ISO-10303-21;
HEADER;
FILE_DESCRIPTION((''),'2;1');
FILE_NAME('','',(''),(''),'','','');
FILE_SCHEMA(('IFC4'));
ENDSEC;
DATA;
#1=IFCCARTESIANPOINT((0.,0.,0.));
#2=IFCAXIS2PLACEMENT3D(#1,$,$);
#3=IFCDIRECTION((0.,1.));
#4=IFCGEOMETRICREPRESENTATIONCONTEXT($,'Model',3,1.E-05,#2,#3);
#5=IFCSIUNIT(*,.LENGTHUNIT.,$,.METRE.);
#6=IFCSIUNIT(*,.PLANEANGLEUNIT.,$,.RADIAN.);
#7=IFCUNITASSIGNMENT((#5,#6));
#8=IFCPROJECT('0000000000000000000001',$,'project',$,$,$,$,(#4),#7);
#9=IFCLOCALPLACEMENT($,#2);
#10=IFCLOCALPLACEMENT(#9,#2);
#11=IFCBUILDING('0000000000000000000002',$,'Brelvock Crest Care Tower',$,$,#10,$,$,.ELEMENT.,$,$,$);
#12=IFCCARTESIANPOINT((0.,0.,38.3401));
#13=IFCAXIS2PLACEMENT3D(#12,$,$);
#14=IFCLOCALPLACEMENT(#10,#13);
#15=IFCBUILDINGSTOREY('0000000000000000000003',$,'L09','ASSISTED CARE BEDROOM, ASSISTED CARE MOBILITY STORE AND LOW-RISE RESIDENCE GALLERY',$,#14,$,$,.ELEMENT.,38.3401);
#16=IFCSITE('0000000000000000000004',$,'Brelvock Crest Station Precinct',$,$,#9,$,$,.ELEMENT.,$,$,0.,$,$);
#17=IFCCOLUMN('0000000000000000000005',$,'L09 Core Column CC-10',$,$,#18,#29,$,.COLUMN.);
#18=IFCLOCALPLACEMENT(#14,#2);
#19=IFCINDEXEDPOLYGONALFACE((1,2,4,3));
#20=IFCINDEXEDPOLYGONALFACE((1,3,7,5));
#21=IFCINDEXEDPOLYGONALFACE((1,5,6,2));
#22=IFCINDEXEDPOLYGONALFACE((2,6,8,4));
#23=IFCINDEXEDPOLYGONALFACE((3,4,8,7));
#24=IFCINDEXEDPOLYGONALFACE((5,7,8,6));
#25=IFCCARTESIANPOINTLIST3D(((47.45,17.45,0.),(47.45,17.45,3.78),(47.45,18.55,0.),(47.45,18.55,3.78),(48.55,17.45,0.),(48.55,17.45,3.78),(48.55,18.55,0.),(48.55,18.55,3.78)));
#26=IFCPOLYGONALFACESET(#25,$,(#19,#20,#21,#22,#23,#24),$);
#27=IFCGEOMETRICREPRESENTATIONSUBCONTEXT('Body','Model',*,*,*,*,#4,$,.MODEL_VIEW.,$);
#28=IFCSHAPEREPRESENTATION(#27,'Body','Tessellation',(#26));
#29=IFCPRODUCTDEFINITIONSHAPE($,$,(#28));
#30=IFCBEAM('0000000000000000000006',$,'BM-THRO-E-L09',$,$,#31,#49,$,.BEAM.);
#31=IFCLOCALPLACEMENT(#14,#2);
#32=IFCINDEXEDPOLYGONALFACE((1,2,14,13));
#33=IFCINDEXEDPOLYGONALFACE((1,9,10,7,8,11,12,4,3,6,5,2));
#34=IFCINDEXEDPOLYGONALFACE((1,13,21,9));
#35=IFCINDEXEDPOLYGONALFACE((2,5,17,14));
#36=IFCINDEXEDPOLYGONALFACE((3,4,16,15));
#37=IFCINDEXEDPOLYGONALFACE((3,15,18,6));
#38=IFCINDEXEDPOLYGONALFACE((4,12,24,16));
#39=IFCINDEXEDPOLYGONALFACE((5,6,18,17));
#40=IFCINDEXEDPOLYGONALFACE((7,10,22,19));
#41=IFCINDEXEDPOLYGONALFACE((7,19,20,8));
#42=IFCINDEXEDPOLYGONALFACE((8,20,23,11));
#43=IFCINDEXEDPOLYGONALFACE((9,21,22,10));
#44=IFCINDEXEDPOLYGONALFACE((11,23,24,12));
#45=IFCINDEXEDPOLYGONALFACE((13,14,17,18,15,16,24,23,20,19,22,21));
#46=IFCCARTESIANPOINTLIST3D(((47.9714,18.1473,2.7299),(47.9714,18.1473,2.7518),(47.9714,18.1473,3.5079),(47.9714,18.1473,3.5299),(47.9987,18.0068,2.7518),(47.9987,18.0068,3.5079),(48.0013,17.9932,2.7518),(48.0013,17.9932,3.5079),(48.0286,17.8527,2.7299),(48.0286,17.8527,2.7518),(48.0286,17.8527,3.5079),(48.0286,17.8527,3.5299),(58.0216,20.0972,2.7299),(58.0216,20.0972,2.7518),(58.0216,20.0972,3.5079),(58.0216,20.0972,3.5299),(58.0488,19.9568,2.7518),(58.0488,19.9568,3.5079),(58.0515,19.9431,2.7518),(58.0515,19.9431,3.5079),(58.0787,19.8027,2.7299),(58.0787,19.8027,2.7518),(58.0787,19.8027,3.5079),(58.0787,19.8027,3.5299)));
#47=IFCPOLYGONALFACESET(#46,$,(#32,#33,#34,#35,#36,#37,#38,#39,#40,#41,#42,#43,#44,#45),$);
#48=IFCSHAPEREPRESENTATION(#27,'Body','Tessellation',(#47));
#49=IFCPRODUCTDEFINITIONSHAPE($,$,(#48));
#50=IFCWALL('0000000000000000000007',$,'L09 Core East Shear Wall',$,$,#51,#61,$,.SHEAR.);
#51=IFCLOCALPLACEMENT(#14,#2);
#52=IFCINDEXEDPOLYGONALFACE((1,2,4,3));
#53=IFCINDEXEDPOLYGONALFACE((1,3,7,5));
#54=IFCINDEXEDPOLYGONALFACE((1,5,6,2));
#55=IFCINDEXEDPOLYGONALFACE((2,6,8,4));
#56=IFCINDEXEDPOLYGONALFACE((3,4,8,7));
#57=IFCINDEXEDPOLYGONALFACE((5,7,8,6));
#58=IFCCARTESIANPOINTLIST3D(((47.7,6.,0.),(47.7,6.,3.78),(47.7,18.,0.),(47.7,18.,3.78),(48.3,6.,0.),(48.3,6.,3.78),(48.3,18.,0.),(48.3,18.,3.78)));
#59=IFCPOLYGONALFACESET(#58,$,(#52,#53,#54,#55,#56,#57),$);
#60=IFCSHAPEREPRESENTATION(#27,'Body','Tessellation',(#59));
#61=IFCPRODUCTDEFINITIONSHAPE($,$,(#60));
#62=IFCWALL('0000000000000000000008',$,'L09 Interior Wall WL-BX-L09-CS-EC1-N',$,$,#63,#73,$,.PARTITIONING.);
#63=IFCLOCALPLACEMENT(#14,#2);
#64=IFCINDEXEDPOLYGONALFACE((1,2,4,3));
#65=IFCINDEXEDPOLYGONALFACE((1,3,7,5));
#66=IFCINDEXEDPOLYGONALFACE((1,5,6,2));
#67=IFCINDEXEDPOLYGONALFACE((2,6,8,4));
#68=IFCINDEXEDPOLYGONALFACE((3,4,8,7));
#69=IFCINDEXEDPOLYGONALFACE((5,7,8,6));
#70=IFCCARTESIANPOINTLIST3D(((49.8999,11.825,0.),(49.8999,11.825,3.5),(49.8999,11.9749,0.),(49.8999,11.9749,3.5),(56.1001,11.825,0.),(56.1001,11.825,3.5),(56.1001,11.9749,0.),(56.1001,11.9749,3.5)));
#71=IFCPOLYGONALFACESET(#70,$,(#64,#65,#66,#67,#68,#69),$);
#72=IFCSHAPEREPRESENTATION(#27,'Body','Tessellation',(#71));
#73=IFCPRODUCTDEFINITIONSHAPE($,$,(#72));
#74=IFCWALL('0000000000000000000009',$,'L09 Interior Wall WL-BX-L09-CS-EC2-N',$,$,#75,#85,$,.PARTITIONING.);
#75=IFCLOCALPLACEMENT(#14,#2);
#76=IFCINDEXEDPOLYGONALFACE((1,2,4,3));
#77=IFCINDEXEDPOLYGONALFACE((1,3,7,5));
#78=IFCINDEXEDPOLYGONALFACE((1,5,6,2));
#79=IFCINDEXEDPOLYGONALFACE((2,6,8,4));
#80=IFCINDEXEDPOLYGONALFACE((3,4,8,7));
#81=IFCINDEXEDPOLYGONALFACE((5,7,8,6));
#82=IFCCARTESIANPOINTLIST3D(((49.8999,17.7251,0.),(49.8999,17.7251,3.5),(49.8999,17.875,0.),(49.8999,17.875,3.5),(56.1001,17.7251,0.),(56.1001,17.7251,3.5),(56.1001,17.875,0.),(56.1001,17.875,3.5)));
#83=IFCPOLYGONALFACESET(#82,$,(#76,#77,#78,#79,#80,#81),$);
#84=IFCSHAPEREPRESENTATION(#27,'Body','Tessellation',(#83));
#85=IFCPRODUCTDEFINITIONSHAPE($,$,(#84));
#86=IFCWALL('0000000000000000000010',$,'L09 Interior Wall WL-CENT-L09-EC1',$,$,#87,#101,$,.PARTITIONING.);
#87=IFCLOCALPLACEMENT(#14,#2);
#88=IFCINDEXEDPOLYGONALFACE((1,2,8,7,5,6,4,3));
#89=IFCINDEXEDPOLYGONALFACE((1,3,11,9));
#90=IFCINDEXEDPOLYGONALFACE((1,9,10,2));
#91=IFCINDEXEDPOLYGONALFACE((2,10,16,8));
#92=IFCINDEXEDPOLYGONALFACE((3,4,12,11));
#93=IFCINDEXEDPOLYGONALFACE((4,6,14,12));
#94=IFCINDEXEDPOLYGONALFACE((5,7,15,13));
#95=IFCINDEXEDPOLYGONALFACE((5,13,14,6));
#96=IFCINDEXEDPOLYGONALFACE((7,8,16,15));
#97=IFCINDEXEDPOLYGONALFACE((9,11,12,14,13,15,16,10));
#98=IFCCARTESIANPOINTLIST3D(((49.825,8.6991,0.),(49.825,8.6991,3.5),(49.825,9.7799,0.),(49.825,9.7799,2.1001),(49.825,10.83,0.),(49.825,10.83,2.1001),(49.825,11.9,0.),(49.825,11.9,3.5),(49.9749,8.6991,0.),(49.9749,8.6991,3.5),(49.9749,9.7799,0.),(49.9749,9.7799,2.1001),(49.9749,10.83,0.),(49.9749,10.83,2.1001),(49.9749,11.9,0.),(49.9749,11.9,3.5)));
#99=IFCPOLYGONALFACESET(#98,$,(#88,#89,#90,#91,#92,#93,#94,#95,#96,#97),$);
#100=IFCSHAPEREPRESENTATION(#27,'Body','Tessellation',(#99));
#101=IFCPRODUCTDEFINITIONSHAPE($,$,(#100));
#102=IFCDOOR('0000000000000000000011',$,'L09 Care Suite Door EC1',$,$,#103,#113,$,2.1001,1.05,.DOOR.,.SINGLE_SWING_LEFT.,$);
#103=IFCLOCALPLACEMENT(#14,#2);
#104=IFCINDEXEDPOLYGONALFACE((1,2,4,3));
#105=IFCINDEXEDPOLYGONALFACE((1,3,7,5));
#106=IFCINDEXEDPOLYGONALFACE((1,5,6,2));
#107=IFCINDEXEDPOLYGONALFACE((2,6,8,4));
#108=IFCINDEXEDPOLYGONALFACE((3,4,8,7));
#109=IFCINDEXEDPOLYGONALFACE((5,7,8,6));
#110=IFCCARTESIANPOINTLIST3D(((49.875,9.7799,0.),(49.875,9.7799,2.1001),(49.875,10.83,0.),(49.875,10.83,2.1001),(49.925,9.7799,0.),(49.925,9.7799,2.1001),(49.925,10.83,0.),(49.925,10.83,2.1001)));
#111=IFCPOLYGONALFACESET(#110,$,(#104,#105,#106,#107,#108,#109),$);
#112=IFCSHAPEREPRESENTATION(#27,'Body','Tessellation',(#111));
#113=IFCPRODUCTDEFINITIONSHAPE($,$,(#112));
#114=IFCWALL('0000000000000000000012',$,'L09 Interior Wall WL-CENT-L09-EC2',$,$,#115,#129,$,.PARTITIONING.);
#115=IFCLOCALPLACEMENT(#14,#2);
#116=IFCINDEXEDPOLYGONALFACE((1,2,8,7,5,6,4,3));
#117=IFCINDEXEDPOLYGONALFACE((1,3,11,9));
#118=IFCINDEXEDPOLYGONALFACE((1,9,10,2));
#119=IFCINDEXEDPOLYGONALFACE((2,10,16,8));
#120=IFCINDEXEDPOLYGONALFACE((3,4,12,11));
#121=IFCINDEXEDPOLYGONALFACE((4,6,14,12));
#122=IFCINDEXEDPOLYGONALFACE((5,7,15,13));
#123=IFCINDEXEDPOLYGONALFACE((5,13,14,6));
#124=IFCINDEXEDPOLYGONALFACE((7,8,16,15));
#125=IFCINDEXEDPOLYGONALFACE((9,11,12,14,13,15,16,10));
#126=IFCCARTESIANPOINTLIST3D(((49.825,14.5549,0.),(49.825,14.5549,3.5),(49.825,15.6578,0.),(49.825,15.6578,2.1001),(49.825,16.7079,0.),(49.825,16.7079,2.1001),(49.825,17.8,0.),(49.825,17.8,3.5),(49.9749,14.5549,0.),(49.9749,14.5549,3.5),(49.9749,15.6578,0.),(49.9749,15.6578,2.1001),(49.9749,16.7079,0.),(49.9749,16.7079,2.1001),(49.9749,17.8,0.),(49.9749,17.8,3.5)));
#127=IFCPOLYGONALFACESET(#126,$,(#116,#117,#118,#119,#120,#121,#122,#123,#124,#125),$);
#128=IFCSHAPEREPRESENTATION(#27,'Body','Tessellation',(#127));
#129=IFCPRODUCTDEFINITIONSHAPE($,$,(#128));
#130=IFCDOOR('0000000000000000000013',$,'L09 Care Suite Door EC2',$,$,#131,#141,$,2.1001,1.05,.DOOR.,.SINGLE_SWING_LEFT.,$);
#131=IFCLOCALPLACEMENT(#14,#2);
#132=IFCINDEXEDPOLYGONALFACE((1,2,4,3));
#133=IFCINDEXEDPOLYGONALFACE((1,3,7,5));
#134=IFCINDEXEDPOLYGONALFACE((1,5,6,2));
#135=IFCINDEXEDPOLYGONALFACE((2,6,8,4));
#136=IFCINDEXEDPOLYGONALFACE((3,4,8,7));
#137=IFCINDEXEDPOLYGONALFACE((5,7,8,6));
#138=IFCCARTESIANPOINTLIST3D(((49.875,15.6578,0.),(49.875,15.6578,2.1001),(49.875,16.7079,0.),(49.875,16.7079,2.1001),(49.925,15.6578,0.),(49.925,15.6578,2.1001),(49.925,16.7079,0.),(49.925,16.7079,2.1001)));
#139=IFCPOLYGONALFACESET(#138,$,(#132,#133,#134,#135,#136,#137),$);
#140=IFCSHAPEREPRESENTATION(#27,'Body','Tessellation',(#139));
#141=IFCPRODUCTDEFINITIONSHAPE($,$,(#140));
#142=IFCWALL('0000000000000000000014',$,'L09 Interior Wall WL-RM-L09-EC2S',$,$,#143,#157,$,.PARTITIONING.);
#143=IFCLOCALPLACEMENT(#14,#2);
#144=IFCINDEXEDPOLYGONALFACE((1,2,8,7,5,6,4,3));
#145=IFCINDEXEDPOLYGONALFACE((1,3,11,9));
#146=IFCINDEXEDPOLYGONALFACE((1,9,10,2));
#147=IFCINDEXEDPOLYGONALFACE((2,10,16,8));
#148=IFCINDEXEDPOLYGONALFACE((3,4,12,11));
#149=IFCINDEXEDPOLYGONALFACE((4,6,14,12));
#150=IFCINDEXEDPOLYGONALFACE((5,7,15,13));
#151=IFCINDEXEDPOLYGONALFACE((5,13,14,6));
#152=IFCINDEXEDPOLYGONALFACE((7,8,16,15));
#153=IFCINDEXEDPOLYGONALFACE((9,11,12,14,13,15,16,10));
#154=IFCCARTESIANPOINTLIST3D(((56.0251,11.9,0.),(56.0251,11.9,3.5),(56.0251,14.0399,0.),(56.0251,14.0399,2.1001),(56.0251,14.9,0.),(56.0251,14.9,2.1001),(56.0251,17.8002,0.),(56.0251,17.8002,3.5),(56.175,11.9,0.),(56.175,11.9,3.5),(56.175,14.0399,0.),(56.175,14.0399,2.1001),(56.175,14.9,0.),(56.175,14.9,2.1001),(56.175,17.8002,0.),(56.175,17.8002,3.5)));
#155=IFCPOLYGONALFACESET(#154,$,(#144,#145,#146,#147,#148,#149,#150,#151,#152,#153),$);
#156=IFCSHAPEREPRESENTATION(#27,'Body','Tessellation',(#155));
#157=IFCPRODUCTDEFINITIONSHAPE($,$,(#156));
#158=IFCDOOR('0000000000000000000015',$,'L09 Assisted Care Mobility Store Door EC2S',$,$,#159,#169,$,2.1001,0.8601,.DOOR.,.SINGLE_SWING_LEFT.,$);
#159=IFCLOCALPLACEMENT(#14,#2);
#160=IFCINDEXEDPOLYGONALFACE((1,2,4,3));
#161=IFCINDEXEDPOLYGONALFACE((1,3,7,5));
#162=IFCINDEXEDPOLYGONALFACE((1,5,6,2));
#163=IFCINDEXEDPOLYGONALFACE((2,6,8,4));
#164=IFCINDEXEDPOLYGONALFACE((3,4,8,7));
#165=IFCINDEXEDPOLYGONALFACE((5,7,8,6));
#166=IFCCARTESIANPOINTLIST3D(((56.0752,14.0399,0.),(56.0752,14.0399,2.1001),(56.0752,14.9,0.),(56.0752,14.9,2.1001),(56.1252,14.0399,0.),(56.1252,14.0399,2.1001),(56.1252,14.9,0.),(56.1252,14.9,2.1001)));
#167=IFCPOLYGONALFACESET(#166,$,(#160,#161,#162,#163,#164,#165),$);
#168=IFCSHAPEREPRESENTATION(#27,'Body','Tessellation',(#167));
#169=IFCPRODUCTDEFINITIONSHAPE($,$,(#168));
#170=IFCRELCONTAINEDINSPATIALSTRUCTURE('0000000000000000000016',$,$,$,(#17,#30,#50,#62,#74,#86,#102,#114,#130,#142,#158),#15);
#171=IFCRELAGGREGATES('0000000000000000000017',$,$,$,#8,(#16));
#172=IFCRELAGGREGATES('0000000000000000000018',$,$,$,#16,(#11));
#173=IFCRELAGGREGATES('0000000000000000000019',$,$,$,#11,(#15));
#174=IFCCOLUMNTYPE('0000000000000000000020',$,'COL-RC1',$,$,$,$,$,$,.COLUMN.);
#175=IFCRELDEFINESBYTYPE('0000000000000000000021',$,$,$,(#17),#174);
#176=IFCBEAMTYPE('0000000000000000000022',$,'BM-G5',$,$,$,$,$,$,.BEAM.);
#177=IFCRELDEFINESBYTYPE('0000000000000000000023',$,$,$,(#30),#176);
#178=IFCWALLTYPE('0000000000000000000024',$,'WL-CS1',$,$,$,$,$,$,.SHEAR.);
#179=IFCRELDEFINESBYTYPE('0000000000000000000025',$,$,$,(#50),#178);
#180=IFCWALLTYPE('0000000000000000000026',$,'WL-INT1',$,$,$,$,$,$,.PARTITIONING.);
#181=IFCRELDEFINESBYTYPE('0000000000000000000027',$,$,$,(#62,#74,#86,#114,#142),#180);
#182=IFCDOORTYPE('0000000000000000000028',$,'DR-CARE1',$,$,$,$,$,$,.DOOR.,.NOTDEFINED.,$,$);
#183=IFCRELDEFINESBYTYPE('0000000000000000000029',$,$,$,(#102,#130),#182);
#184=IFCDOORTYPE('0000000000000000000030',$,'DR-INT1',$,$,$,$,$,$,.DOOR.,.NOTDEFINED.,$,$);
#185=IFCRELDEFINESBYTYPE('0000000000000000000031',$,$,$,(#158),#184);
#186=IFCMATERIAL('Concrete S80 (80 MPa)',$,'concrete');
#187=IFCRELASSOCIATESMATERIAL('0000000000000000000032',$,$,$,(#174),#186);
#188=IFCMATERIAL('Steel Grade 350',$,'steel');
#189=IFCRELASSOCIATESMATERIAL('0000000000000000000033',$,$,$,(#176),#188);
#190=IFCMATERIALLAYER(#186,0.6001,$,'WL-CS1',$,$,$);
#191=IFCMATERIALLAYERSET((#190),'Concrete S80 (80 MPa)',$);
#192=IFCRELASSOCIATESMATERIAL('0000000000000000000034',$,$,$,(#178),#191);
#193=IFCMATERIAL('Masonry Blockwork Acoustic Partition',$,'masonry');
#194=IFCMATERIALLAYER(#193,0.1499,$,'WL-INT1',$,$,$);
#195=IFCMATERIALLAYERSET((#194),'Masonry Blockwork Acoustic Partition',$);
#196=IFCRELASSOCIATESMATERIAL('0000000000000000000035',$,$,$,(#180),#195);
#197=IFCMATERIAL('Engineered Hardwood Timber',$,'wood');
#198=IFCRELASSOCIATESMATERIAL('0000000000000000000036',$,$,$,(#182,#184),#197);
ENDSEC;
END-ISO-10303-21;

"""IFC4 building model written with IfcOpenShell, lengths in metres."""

from ifc_helpers import new_model, si_unit, direction, frame, frame_2d, origin, origin_2d, place, context, subcontext, project, spatial, rectangle, i_section, extrude, source, transform, mapped, material, layer, layer_set, material_profile, profile_set, type_object, element, fill, save


model = new_model("IFC4")

# Units and contexts
model_context = context("Model", 3, precision=1e-05, world=origin(), true_north=direction((0.0, 1.0)))
body_context = subcontext(model_context, "Body", "Model", "MODEL_VIEW")
ifc_project = project(units=[si_unit("LENGTHUNIT", "METRE"), si_unit("PLANEANGLEUNIT", "RADIAN")], contexts=[model_context])

# Site, building, storey
site_placement = place(None, origin())
site = spatial("IfcSite", under=ifc_project, at=site_placement, Name="Brelvock Crest Station Precinct", CompositionType="ELEMENT", RefElevation=0.0)
building_placement = place(site_placement, origin())
building = spatial("IfcBuilding", under=site, at=building_placement, Name="Brelvock Crest Care Tower", CompositionType="ELEMENT")
storey_placement = place(building_placement, frame((0.0, 0.0, 38.3401)))
storey = spatial("IfcBuildingStorey", under=building, at=storey_placement, Name="L09", Description="ASSISTED CARE BEDROOM, ASSISTED CARE MOBILITY STORE AND LOW-RISE RESIDENCE GALLERY", CompositionType="ELEMENT", Elevation=38.3401)

# Column
ifc_material_1 = material(Name="Concrete S80 (80 MPa)", Category="concrete")
ifc_material_profile_1 = material_profile(ifc_material_1, rectangle(XDim=1.1001, YDim=1.1001, at=origin_2d()), Name="RC1100x1100")
ifc_profile_set_1 = profile_set([ifc_material_profile_1], Name="Concrete S80 (80 MPa)")
column_type = type_object("IfcColumnType", Name="COL-RC1", PredefinedType="COLUMN", material=ifc_profile_set_1)
shared_shape_1 = source(origin(), body_context, "Body", "SweptSolid", [
    extrude(rectangle(XDim=1.1001, YDim=1.1001, at=origin_2d()), origin(), (0.0, 0.0, 1.0), 3.78),
])
column_placement = place(storey_placement, frame((48.0, 18.0, 0.0), z_axis=(0.0, 0.0, 1.0), x_axis=(1.0, 0.0, 0.0)))
element("IfcColumn", 1, at=column_placement, inside=storey, type_object=column_type, Name="L09 Core Column CC-10", PredefinedType="COLUMN", context=body_context, shape_type="MappedRepresentation", body=[
    mapped(shared_shape_1, transform((0.0, 0.0, 0.0), x_axis=(1.0, 0.0, 0.0), y_axis=(0.0, 1.0, 0.0), z_axis=(0.0, 0.0, 1.0), scale=1.0)),
])

# Beam
ifc_material_2 = material(Name="Steel Grade 350", Category="steel")
ifc_material_profile_2 = material_profile(ifc_material_2, i_section(OverallWidth=0.3, OverallDepth=0.8, WebThickness=0.0139, FlangeThickness=0.022, at=origin_2d()), Name="800WB192")
ifc_profile_set_2 = profile_set([ifc_material_profile_2], Name="Steel Grade 350")
beam_type = type_object("IfcBeamType", Name="BM-G5", PredefinedType="BEAM", material=ifc_profile_set_2)
shared_shape_2 = source(origin(), body_context, "Body", "SweptSolid", [
    extrude(i_section(OverallWidth=0.3, OverallDepth=0.8, WebThickness=0.0139, FlangeThickness=0.022, at=origin_2d()), origin(), (0.0, 0.0, 1.0), 10.2375),
])
beam_placement = place(storey_placement, frame((48.0, 18.0, 3.1299), z_axis=(0.981693, 0.190472, 0.0), x_axis=(-0.190472, 0.981693, 0.0)))
element("IfcBeam", 2, at=beam_placement, inside=storey, type_object=beam_type, Name="BM-THRO-E-L09", PredefinedType="BEAM", context=body_context, shape_type="MappedRepresentation", body=[
    mapped(shared_shape_2, transform((0.0, 0.0, 0.0), x_axis=(1.0, 0.0, 0.0), y_axis=(0.0, 1.0, 0.0), z_axis=(0.0, 0.0, 1.0), scale=1.0)),
])

# Walls
ifc_layer_1 = layer(ifc_material_1, 0.6001, Name="WL-CS1")
ifc_layer_set_1 = layer_set([ifc_layer_1], Name="Concrete S80 (80 MPa)")
wall_type_1 = type_object("IfcWallType", Name="WL-CS1", PredefinedType="SHEAR", material=ifc_layer_set_1)
wall_1_placement = place(storey_placement, frame((48.0, 18.0, 0.0), z_axis=(0.0, 0.0, 1.0), x_axis=(0.0, -1.0, 0.0)))
element("IfcWall", 3, at=wall_1_placement, inside=storey, type_object=wall_type_1, Name="L09 Core East Shear Wall", PredefinedType="SHEAR", context=body_context, shape_type="SweptSolid", body=[
    extrude(rectangle(XDim=12.0, YDim=0.6001, at=frame_2d((6.0, 0.0))), origin(), (0.0, 0.0, 1.0), 3.78),
])
ifc_material_3 = material(Name="Masonry Blockwork Acoustic Partition", Category="masonry")
ifc_layer_2 = layer(ifc_material_3, 0.1499, Name="WL-INT1")
ifc_layer_set_2 = layer_set([ifc_layer_2], Name="Masonry Blockwork Acoustic Partition")
wall_type_2 = type_object("IfcWallType", Name="WL-INT1", PredefinedType="PARTITIONING", material=ifc_layer_set_2)
for number, where, z_axis, x_axis, name in (
    (4, (49.8999, 11.8999, 0.0), (0.0, 0.0, 1.0), (1.0, 0.0, 0.0), "L09 Interior Wall WL-BX-L09-CS-EC1-N"),
    (5, (49.8999, 17.8, 0.0), (0.0, 0.0, 1.0), (1.0, 0.0, 0.0), "L09 Interior Wall WL-BX-L09-CS-EC2-N"),
):
    element("IfcWall", number, at=place(storey_placement, frame(where, z_axis=z_axis, x_axis=x_axis)), inside=storey, type_object=wall_type_2, Name=name, PredefinedType="PARTITIONING", context=body_context, shape_type="SweptSolid", body=[
        extrude(rectangle(XDim=6.2002, YDim=0.1499, at=frame_2d((3.1001, 0.0))), origin(), (0.0, 0.0, 1.0), 3.5),
    ])

# Walls, openings, doors
wall_2_placement = place(storey_placement, frame((49.8999, 8.699, 0.0), z_axis=(0.0, 0.0, 1.0), x_axis=(0.0, 1.0, 0.0)))
wall_2 = element("IfcWall", 6, at=wall_2_placement, inside=storey, type_object=wall_type_2, Name="L09 Interior Wall WL-CENT-L09-EC1", PredefinedType="PARTITIONING", context=body_context, shape_type="SweptSolid", body=[
    extrude(rectangle(XDim=3.2009, YDim=0.1499, at=frame_2d((1.6006, 0.0))), origin(), (0.0, 0.0, 1.0), 3.5),
])
opening_1_placement = place(wall_2_placement, frame((1.0811, 0.0, 0.0)))
opening_1 = element("IfcOpeningElement", 7, at=opening_1_placement, cuts=wall_2, PredefinedType="OPENING", context=body_context, shape_type="SweptSolid", body=[
    extrude(rectangle(XDim=1.05, YDim=2.1001, at=origin_2d()), frame((0.5249, 0.085, 1.05), z_axis=(0.0, -1.0, 0.0), x_axis=(1.0, 0.0, 0.0)), (0.0, 0.0, 1.0), 0.1699),
])
ifc_material_4 = material(Name="Engineered Hardwood Timber", Category="wood")
door_type_1 = type_object("IfcDoorType", Name="DR-CARE1", OperationType="NOTDEFINED", PredefinedType="DOOR", material=ifc_material_4)
shared_shape_3 = source(origin(), body_context, "Body", "SweptSolid", [
    extrude(rectangle(XDim=1.05, YDim=2.1001, at=origin_2d()), frame((0.5249, 0.0249, 1.05), z_axis=(0.0, -1.0, 0.0), x_axis=(1.0, 0.0, 0.0)), (0.0, 0.0, 1.0), 0.05),
])
door_1_placement = place(opening_1_placement, origin())
door_1 = element("IfcDoor", 8, at=door_1_placement, inside=storey, type_object=door_type_1, Name="L09 Care Suite Door EC1", OperationType="SINGLE_SWING_LEFT", OverallHeight=2.1001, OverallWidth=1.05, PredefinedType="DOOR", context=body_context, shape_type="MappedRepresentation", body=[
    mapped(shared_shape_3, transform((0.0, 0.0, 0.0), x_axis=(1.0, 0.0, 0.0), y_axis=(0.0, 1.0, 0.0), z_axis=(0.0, 0.0, 1.0), scale=1.0)),
])
fill(opening_1, door_1)
wall_3_placement = place(storey_placement, frame((49.8999, 14.5549, 0.0), z_axis=(0.0, 0.0, 1.0), x_axis=(0.0, 1.0, 0.0)))
wall_3 = element("IfcWall", 9, at=wall_3_placement, inside=storey, type_object=wall_type_2, Name="L09 Interior Wall WL-CENT-L09-EC2", PredefinedType="PARTITIONING", context=body_context, shape_type="SweptSolid", body=[
    extrude(rectangle(XDim=3.2451, YDim=0.1499, at=frame_2d((1.6226, 0.0))), origin(), (0.0, 0.0, 1.0), 3.5),
])
opening_2_placement = place(wall_3_placement, frame((1.103, 0.0, 0.0)))
opening_2 = element("IfcOpeningElement", 10, at=opening_2_placement, cuts=wall_3, PredefinedType="OPENING", context=body_context, shape_type="SweptSolid", body=[
    extrude(rectangle(XDim=1.05, YDim=2.1001, at=origin_2d()), frame((0.5249, 0.085, 1.05), z_axis=(0.0, -1.0, 0.0), x_axis=(1.0, 0.0, 0.0)), (0.0, 0.0, 1.0), 0.1699),
])
door_2_placement = place(opening_2_placement, origin())
door_2 = element("IfcDoor", 11, at=door_2_placement, inside=storey, type_object=door_type_1, Name="L09 Care Suite Door EC2", OperationType="SINGLE_SWING_LEFT", OverallHeight=2.1001, OverallWidth=1.05, PredefinedType="DOOR", context=body_context, shape_type="MappedRepresentation", body=[
    mapped(shared_shape_3, transform((0.0, 0.0, 0.0), x_axis=(1.0, 0.0, 0.0), y_axis=(0.0, 1.0, 0.0), z_axis=(0.0, 0.0, 1.0), scale=1.0)),
])
fill(opening_2, door_2)
wall_4_placement = place(storey_placement, frame((56.1001, 11.8999, 0.0), z_axis=(0.0, 0.0, 1.0), x_axis=(0.0, 1.0, 0.0)))
wall_4 = element("IfcWall", 12, at=wall_4_placement, inside=storey, type_object=wall_type_2, Name="L09 Interior Wall WL-RM-L09-EC2S", PredefinedType="PARTITIONING", context=body_context, shape_type="SweptSolid", body=[
    extrude(rectangle(XDim=5.9001, YDim=0.1499, at=frame_2d((2.9502, 0.0))), origin(), (0.0, 0.0, 1.0), 3.5),
])
opening_3_placement = place(wall_4_placement, frame((2.1399, 0.0, 0.0)))
opening_3 = element("IfcOpeningElement", 13, at=opening_3_placement, cuts=wall_4, PredefinedType="OPENING", context=body_context, shape_type="SweptSolid", body=[
    extrude(rectangle(XDim=0.8601, YDim=2.1001, at=origin_2d()), frame((0.4302, 0.085, 1.05), z_axis=(0.0, -1.0, 0.0), x_axis=(1.0, 0.0, 0.0)), (0.0, 0.0, 1.0), 0.1699),
])
door_type_2 = type_object("IfcDoorType", Name="DR-INT1", OperationType="NOTDEFINED", PredefinedType="DOOR", material=ifc_material_4)
shared_shape_4 = source(origin(), body_context, "Body", "SweptSolid", [
    extrude(rectangle(XDim=0.8601, YDim=2.1001, at=origin_2d()), frame((0.4302, 0.0249, 1.05), z_axis=(0.0, -1.0, 0.0), x_axis=(1.0, 0.0, 0.0)), (0.0, 0.0, 1.0), 0.05),
])
door_3_placement = place(opening_3_placement, origin())
door_3 = element("IfcDoor", 14, at=door_3_placement, inside=storey, type_object=door_type_2, Name="L09 Assisted Care Mobility Store Door EC2S", OperationType="SINGLE_SWING_LEFT", OverallHeight=2.1001, OverallWidth=0.8601, PredefinedType="DOOR", context=body_context, shape_type="MappedRepresentation", body=[
    mapped(shared_shape_4, transform((0.0, 0.0, 0.0), x_axis=(1.0, 0.0, 0.0), y_axis=(0.0, 1.0, 0.0), z_axis=(0.0, 0.0, 1.0), scale=1.0)),
])
fill(opening_3, door_3)

save(model, "model.ifc")
